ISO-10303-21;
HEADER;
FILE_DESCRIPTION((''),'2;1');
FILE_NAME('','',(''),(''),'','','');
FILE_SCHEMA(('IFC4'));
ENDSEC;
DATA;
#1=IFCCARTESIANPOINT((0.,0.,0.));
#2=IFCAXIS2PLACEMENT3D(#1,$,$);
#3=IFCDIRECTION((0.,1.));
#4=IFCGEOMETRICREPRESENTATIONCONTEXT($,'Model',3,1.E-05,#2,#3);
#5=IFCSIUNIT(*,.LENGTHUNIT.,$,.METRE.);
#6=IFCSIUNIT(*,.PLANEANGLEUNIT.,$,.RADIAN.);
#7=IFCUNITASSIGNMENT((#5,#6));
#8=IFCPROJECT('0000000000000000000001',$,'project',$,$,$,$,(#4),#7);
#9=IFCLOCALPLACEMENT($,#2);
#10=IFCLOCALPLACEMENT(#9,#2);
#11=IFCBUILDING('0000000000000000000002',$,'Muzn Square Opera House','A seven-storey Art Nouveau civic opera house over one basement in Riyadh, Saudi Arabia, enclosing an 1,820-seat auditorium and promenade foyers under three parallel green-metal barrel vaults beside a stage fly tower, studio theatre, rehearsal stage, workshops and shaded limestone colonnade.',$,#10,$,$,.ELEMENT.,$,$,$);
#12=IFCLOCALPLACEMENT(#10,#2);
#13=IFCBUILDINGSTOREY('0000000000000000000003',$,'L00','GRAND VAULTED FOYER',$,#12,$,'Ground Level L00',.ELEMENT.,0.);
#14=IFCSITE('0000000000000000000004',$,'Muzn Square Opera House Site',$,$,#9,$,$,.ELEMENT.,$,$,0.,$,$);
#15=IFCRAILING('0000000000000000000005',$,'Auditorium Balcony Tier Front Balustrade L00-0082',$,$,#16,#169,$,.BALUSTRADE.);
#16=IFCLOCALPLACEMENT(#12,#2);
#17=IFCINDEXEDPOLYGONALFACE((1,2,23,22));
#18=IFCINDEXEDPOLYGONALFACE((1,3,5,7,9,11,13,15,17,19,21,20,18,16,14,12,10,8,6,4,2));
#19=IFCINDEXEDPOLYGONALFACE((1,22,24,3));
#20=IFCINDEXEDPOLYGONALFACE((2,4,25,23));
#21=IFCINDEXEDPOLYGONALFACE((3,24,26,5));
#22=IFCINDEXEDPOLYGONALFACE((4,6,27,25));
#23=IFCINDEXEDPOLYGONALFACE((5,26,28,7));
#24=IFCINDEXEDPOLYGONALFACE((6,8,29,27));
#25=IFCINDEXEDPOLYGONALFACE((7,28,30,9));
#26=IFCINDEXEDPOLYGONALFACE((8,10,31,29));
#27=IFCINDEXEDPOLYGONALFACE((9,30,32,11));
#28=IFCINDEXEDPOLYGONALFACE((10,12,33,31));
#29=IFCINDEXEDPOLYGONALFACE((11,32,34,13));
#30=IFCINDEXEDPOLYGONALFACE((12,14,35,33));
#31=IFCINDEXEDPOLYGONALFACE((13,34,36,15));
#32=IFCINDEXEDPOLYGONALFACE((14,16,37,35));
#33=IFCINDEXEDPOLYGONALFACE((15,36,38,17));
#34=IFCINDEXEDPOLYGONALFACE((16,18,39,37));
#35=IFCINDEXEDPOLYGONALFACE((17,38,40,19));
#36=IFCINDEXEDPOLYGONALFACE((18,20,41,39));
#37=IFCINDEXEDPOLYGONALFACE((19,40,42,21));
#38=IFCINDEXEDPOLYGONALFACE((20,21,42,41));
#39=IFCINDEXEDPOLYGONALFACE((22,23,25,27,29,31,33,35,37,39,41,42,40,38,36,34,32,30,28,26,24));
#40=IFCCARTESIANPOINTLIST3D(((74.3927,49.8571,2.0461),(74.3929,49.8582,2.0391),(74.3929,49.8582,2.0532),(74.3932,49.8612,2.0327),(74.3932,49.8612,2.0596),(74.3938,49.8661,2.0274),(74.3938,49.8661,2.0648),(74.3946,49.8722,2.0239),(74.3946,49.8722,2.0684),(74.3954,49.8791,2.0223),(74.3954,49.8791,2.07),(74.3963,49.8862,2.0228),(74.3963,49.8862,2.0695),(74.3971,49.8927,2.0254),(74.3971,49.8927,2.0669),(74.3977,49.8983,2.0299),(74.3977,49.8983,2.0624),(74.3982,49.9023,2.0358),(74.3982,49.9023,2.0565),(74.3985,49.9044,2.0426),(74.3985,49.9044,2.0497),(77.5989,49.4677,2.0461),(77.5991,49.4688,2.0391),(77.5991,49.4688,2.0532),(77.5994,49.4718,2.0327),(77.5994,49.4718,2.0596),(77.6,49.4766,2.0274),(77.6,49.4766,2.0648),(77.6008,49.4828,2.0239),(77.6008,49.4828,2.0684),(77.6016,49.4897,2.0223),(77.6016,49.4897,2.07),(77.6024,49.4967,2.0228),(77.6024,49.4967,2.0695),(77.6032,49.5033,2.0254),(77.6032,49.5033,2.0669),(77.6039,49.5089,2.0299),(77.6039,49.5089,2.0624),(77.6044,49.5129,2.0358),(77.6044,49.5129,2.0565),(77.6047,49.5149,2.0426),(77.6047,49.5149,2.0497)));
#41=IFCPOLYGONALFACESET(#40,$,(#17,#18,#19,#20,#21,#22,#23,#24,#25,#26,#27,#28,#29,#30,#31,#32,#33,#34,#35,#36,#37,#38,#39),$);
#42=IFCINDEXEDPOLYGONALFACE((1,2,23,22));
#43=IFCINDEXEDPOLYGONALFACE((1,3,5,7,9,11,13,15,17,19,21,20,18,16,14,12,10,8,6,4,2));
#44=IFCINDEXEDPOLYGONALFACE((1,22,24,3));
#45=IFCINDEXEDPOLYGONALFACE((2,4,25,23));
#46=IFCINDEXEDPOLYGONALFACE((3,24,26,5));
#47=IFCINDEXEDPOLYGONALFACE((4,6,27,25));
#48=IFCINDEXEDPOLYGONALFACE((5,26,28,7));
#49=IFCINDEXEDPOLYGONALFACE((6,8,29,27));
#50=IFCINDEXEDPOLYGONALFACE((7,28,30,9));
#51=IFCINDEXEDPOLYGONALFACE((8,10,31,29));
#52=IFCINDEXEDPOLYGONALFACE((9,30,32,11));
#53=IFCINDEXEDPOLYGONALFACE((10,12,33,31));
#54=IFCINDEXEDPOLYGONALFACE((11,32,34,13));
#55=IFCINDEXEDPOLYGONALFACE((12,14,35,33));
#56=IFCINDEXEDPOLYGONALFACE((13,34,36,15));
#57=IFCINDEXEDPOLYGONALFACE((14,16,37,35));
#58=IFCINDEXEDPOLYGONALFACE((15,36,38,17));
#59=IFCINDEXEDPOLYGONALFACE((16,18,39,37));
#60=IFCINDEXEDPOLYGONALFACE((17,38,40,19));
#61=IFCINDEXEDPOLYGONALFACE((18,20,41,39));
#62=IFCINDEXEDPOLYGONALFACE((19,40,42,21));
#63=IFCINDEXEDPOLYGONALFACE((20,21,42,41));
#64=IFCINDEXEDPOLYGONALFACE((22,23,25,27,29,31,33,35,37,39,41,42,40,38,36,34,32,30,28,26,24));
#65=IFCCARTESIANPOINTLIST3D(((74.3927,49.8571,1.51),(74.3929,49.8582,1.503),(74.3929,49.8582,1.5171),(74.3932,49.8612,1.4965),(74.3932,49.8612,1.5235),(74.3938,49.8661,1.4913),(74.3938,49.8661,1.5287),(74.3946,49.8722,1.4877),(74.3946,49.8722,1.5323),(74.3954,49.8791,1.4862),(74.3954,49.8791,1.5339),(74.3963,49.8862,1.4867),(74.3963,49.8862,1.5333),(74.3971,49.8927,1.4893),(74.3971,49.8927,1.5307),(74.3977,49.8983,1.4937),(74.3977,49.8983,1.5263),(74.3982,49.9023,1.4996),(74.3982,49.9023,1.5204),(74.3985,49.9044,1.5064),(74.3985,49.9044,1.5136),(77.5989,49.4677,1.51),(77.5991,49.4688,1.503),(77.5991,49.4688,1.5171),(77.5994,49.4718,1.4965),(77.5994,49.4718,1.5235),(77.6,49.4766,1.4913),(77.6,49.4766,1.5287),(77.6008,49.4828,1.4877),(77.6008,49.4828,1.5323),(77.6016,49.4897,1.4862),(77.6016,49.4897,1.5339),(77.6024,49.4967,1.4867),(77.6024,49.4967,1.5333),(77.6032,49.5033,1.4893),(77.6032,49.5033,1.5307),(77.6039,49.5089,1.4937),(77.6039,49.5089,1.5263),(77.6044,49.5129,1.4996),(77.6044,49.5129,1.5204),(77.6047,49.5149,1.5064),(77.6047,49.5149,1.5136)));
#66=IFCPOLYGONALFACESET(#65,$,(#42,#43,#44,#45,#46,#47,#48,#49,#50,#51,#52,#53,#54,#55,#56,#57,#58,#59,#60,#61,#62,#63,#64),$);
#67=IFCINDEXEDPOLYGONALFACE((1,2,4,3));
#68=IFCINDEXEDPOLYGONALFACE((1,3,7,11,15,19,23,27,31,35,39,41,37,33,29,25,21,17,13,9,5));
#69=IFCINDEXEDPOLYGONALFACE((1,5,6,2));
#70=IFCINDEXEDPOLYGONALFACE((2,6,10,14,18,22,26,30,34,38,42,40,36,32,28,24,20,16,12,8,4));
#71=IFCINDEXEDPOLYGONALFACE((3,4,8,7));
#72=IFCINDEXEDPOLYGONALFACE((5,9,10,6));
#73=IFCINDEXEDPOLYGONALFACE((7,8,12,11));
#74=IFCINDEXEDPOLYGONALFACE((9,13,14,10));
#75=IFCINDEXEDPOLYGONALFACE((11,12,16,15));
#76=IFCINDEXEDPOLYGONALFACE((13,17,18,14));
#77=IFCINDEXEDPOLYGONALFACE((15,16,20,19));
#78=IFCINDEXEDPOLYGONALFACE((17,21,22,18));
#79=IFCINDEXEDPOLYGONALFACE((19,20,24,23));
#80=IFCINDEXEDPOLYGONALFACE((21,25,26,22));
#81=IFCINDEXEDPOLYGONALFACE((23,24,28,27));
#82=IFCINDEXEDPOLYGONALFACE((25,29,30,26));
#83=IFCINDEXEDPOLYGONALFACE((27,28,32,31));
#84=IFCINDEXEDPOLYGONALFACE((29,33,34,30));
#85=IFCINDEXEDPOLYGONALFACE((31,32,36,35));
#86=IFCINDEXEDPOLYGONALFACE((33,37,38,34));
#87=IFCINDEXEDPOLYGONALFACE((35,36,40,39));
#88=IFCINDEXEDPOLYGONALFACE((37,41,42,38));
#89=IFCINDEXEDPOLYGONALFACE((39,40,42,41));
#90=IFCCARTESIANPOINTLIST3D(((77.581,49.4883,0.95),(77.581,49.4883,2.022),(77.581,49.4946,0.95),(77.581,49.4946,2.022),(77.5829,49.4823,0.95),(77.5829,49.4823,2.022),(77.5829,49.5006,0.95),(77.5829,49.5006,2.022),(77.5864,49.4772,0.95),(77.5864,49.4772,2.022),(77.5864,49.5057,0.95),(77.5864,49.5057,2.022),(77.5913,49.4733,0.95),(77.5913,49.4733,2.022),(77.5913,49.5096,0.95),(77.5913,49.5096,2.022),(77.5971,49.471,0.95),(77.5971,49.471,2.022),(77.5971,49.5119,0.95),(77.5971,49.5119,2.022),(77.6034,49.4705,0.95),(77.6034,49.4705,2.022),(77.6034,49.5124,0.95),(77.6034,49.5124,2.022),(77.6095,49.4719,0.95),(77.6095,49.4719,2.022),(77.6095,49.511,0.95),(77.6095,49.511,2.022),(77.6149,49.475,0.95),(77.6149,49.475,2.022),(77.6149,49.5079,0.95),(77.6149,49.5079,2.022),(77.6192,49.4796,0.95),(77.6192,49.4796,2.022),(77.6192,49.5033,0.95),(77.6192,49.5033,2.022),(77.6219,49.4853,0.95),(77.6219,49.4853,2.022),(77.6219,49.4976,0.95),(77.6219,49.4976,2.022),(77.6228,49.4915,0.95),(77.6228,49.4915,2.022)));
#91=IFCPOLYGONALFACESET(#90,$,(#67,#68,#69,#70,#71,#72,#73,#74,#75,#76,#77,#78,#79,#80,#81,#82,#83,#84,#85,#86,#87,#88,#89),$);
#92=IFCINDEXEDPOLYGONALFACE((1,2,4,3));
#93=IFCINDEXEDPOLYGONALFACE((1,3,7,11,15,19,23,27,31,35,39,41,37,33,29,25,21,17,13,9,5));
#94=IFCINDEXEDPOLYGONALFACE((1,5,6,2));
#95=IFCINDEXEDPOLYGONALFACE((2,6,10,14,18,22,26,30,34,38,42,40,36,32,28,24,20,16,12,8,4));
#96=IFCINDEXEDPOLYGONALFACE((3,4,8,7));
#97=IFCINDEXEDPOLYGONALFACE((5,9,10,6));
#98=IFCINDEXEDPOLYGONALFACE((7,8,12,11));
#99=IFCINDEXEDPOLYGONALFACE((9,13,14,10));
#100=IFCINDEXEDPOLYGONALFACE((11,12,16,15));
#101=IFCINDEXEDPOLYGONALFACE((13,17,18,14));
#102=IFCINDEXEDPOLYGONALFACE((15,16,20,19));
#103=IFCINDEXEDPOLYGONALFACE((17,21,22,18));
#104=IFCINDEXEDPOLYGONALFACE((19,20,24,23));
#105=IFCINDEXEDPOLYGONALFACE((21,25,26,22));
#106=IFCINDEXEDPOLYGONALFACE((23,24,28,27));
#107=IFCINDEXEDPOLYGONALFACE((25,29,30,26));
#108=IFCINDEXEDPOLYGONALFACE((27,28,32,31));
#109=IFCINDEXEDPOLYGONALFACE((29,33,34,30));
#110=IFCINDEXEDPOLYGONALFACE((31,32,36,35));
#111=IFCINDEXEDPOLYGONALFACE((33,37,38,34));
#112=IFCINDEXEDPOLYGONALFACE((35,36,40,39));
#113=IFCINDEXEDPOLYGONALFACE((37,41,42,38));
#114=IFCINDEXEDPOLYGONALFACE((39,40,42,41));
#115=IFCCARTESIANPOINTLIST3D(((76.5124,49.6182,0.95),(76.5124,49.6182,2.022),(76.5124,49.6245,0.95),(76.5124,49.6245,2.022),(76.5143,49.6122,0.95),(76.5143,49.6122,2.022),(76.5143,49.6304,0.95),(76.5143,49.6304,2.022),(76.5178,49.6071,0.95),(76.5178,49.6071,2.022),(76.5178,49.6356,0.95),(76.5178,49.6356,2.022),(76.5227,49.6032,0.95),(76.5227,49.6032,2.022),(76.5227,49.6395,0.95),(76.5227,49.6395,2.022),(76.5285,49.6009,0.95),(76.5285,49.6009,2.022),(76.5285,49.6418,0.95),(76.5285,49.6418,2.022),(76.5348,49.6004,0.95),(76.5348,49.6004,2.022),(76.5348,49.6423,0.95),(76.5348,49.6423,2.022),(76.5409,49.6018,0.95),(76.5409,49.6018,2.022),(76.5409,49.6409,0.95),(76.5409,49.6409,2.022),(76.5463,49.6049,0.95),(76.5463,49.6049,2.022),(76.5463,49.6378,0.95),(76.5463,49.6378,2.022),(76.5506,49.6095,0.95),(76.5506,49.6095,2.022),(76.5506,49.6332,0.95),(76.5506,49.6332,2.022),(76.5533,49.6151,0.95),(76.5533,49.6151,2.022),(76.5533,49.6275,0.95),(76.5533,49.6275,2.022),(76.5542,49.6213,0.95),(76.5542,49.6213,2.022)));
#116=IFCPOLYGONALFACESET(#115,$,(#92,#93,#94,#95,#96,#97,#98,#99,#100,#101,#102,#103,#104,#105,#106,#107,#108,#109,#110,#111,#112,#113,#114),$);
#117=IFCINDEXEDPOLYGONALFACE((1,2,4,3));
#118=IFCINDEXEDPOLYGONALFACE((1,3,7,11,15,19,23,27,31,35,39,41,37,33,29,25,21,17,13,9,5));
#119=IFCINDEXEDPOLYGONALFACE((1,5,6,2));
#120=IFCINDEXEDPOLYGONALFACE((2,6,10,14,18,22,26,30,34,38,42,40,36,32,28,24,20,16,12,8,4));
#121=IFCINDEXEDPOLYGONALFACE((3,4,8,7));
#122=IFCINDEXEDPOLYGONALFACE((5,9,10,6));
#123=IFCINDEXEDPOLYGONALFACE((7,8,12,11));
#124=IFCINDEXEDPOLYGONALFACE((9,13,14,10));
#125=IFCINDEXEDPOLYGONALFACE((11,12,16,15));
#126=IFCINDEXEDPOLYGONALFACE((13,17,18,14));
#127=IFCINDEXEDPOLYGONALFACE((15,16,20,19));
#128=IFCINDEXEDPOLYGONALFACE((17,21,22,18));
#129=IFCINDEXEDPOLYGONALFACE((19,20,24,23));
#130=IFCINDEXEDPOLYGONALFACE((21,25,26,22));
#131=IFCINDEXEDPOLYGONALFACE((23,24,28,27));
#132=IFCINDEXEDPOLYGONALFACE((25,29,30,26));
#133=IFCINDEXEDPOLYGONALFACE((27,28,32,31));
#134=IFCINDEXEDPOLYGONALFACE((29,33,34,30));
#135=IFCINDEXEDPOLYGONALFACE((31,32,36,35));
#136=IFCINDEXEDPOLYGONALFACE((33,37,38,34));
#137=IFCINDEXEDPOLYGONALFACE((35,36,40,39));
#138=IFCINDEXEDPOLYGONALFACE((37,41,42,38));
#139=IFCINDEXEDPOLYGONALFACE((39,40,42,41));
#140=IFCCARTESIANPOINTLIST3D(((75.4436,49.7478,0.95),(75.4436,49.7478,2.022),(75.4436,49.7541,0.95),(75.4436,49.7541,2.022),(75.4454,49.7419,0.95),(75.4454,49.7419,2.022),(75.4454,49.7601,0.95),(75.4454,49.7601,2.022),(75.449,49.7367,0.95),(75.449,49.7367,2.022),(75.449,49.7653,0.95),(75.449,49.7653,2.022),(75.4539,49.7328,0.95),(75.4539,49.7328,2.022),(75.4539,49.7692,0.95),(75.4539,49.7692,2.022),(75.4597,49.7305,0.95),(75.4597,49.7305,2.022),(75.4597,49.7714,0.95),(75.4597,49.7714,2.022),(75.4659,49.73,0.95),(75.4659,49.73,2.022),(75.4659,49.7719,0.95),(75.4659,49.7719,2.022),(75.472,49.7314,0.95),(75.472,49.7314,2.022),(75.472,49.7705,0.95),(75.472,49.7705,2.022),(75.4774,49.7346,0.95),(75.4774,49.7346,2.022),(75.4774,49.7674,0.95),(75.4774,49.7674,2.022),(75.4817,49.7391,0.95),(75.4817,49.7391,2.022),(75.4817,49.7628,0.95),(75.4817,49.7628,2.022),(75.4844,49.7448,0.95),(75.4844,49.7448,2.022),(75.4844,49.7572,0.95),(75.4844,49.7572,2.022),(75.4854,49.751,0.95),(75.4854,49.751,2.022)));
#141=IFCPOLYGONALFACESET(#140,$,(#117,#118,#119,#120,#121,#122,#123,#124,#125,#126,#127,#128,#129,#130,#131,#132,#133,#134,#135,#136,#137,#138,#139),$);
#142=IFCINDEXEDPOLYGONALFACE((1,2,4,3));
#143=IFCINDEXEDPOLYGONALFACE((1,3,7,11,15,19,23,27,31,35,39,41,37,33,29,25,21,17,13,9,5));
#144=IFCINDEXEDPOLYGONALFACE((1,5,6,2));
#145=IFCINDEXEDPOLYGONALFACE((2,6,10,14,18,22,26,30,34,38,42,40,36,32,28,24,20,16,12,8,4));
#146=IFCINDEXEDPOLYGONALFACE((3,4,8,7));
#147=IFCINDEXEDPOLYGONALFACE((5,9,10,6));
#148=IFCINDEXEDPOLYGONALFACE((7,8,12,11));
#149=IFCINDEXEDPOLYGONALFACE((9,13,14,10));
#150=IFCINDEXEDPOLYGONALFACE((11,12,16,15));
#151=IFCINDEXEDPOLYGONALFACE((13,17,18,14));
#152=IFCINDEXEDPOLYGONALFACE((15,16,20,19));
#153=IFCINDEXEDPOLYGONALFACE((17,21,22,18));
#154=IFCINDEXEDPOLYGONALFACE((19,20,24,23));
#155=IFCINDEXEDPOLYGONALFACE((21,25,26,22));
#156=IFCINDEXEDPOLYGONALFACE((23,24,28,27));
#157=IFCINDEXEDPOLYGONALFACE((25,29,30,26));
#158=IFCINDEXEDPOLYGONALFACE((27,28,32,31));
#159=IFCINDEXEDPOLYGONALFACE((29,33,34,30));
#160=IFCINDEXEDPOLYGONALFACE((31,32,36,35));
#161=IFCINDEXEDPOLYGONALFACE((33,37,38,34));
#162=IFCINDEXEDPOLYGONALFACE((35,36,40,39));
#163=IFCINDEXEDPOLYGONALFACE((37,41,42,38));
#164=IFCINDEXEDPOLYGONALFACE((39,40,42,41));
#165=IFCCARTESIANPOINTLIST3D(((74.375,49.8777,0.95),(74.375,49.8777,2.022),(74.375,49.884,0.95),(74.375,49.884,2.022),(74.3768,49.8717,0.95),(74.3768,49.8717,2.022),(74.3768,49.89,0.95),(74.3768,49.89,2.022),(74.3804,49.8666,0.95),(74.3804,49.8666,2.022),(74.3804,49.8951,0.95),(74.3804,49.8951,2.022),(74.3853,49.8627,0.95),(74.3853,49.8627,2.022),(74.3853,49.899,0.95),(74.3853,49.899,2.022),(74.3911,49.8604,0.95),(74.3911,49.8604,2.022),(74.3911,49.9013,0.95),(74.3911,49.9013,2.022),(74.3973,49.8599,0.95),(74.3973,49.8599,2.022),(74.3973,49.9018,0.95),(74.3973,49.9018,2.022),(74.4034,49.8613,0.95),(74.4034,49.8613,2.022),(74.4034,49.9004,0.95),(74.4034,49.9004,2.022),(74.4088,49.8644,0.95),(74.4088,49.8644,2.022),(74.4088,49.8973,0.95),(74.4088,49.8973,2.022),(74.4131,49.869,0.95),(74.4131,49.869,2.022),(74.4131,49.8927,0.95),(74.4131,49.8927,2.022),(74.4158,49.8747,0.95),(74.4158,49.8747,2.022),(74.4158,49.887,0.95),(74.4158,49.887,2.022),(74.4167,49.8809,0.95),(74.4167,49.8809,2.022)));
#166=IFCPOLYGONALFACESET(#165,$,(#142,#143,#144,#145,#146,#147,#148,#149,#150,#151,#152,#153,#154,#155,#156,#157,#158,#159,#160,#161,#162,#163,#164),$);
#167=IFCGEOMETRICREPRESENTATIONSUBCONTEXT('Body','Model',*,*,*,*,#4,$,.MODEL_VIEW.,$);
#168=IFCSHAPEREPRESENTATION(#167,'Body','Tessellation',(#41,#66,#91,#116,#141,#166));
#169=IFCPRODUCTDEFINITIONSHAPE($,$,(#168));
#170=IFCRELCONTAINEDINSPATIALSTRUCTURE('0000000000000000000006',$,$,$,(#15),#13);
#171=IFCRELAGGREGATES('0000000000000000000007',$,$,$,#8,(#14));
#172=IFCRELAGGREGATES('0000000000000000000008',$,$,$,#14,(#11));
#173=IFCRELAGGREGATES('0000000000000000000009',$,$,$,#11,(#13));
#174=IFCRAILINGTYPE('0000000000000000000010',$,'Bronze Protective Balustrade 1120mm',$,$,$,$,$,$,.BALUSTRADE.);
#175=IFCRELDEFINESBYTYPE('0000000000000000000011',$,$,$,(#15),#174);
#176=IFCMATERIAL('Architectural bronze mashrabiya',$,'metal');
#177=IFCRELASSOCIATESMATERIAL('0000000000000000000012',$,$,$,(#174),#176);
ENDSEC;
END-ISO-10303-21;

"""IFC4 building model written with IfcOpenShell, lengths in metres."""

from ifc_helpers import new_model, si_unit, direction, frame, origin, origin_2d, place, context, subcontext, project, spatial, circle, extrude, material, type_object, element, save


model = new_model("IFC4")

# Units and contexts
model_context = context("Model", 3, precision=1e-05, world=origin(), true_north=direction((0.0, 1.0)))
body_context = subcontext(model_context, "Body", "Model", "MODEL_VIEW")
ifc_project = project(units=[si_unit("LENGTHUNIT", "METRE"), si_unit("PLANEANGLEUNIT", "RADIAN")], contexts=[model_context])

# Site, building, storey
site_placement = place(None, origin())
site = spatial("IfcSite", under=ifc_project, at=site_placement, Name="Muzn Square Opera House Site", CompositionType="ELEMENT", RefElevation=0.0)
building_placement = place(site_placement, origin())
building = spatial("IfcBuilding", under=site, at=building_placement, Name="Muzn Square Opera House", Description="A seven-storey Art Nouveau civic opera house over one basement in Riyadh, Saudi Arabia, enclosing an 1,820-seat auditorium and promenade foyers under three parallel green-metal barrel vaults beside a stage fly tower, studio theatre, rehearsal stage, workshops and shaded limestone colonnade.", CompositionType="ELEMENT")
storey_placement = place(building_placement, origin())
storey = spatial("IfcBuildingStorey", under=building, at=storey_placement, Name="L00", Description="GRAND VAULTED FOYER", LongName="Ground Level L00", CompositionType="ELEMENT", Elevation=0.0)

# Railing
ifc_material_1 = material(Name="Architectural bronze mashrabiya", Category="metal")
railing_type_1 = type_object("IfcRailingType", Name="Bronze Protective Balustrade 1120mm", PredefinedType="BALUSTRADE", material=ifc_material_1)
railing_1_placement = place(storey_placement, frame((77.6018, 49.4915, 0.95)))
element("IfcRailing", 1, at=railing_1_placement, inside=storey, type_object=railing_type_1, Name="Auditorium Balcony Tier Front Balustrade L00-0082", PredefinedType="BALUSTRADE", context=body_context, shape_type="SweptSolid", body=[
    extrude(circle(Radius=0.0239, at=origin_2d()), frame((0.0, 0.0, 1.0962), z_axis=(-0.992704, 0.120573, 0.0), x_axis=(-0.120573, -0.992704, 0.0)), (0.0, 0.0, 1.0), 3.2297),
    extrude(circle(Radius=0.0239, at=origin_2d()), frame((0.0, 0.0, 0.5601), z_axis=(-0.992704, 0.120573, 0.0), x_axis=(-0.120573, -0.992704, 0.0)), (0.0, 0.0, 1.0), 3.2297),
    extrude(circle(Radius=0.021, at=origin_2d()), origin(), (0.0, 0.0, 1.0), 1.072),
    extrude(circle(Radius=0.021, at=origin_2d()), frame((-1.0686, 0.1299, 0.0)), (0.0, 0.0, 1.0), 1.072),
    extrude(circle(Radius=0.021, at=origin_2d()), frame((-2.1375, 0.2595, 0.0)), (0.0, 0.0, 1.0), 1.072),
    extrude(circle(Radius=0.021, at=origin_2d()), frame((-3.2061, 0.3894, 0.0)), (0.0, 0.0, 1.0), 1.072),
])

save(model, "model.ifc")
